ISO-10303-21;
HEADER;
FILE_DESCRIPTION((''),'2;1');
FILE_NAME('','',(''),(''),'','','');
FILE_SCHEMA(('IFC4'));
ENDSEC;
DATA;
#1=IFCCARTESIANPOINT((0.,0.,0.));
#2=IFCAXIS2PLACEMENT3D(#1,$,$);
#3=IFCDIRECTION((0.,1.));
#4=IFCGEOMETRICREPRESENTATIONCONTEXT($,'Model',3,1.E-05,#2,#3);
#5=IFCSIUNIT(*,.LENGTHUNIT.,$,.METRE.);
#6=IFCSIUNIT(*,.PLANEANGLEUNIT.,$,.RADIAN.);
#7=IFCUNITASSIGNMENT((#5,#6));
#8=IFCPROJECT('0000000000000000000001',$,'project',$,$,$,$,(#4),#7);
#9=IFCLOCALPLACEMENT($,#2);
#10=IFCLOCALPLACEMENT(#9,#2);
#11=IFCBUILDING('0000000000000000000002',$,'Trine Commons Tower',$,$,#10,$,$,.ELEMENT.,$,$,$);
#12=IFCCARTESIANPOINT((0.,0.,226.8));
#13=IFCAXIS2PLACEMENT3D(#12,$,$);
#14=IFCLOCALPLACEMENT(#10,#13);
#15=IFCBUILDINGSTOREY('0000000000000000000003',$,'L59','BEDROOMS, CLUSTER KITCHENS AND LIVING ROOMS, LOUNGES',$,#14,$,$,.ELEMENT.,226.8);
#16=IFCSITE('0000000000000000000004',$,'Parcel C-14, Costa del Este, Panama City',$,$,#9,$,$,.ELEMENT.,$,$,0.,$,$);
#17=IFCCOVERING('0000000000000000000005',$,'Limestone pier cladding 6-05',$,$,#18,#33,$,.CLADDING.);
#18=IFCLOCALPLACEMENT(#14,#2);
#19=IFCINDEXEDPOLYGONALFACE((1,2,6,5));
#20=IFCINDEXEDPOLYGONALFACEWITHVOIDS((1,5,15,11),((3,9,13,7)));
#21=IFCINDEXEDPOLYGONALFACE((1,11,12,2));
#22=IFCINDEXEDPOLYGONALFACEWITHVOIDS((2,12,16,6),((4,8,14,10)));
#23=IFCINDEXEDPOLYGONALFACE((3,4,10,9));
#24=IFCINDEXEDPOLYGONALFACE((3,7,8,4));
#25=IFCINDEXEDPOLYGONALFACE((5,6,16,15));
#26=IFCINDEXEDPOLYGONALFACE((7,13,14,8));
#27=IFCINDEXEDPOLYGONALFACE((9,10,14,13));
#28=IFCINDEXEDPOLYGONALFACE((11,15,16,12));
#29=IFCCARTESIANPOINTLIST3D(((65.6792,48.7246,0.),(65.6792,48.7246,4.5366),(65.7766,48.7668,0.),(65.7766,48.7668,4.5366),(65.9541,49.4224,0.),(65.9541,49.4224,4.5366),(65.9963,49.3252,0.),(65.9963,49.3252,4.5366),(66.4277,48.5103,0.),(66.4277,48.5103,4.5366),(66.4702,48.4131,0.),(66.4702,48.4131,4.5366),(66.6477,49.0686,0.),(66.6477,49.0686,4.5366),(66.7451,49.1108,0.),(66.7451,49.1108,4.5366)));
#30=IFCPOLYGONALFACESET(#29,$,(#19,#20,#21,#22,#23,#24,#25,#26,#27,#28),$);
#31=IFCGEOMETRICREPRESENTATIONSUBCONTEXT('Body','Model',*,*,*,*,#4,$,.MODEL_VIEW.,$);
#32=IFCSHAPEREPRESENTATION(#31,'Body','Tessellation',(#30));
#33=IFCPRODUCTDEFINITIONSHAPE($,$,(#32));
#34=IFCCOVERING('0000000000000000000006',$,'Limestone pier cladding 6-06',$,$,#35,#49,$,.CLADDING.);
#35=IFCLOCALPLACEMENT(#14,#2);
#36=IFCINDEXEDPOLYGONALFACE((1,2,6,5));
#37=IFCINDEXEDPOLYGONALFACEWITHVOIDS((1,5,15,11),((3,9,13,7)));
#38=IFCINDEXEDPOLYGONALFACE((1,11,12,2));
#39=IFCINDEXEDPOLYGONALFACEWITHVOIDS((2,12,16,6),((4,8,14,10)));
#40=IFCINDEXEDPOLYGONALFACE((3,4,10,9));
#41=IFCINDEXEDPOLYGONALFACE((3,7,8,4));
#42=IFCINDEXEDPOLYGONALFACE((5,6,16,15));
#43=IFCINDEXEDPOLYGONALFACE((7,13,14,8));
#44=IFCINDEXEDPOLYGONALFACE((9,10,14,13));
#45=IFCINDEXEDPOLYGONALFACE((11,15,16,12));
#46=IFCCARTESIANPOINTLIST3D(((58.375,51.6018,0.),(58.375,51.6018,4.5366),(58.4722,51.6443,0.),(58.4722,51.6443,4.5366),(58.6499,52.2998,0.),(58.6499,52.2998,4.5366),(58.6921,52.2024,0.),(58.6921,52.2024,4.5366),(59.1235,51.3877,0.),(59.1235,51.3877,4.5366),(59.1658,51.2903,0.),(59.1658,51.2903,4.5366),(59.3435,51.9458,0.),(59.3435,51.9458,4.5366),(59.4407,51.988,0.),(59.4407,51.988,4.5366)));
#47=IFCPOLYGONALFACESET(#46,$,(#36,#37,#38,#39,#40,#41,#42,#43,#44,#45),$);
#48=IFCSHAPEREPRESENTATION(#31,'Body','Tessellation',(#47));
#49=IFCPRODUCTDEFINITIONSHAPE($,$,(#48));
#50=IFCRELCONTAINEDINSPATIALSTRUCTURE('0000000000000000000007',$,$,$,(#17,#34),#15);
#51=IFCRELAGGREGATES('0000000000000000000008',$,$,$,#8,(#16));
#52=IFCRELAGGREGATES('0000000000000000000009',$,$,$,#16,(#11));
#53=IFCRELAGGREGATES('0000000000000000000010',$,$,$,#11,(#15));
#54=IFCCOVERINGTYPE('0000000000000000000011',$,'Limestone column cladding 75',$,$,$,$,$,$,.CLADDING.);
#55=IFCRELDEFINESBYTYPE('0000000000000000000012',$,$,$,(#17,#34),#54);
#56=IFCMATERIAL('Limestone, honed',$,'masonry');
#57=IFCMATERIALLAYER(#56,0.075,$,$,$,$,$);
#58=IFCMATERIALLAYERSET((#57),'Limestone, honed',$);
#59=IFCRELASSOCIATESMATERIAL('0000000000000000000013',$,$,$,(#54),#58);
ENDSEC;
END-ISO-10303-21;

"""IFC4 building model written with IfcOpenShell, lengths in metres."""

from ifc_helpers import new_model, si_unit, direction, frame, origin, place, context, subcontext, project, spatial, polyline, outline, extrude, material, layer, layer_set, type_object, element, save


model = new_model("IFC4")

# Units and contexts
model_context = context("Model", 3, precision=1e-05, world=origin(), true_north=direction((0.0, 1.0)))
body_context = subcontext(model_context, "Body", "Model", "MODEL_VIEW")
ifc_project = project(units=[si_unit("LENGTHUNIT", "METRE"), si_unit("PLANEANGLEUNIT", "RADIAN")], contexts=[model_context])

# Site, building, storey
site_placement = place(None, origin())
site = spatial("IfcSite", under=ifc_project, at=site_placement, Name="Parcel C-14, Costa del Este, Panama City", CompositionType="ELEMENT", RefElevation=0.0)
building_placement = place(site_placement, origin())
building = spatial("IfcBuilding", under=site, at=building_placement, Name="Trine Commons Tower", CompositionType="ELEMENT")
storey_placement = place(building_placement, frame((0.0, 0.0, 226.8)))
storey = spatial("IfcBuildingStorey", under=building, at=storey_placement, Name="L59", Description="BEDROOMS, CLUSTER KITCHENS AND LIVING ROOMS, LOUNGES", CompositionType="ELEMENT", Elevation=226.8)

# Coverings
ifc_material_1 = material(Name="Limestone, honed", Category="masonry")
ifc_layer_1 = layer(ifc_material_1, 0.075)
ifc_layer_set_1 = layer_set([ifc_layer_1], Name="Limestone, honed")
covering_type_1 = type_object("IfcCoveringType", Name="Limestone column cladding 75", PredefinedType="CLADDING", material=ifc_layer_set_1)
covering_1_placement = place(storey_placement, origin())
element("IfcCovering", 1, at=covering_1_placement, inside=storey, type_object=covering_type_1, Name="Limestone pier cladding 6-05", PredefinedType="CLADDING", context=body_context, shape_type="SweptSolid", body=[
    extrude(outline(polyline([(65.9541, 49.4224), (65.6792, 48.7246), (66.4702, 48.4131), (66.7451, 49.1108), (65.9541, 49.4224)]), holes=[polyline([(65.9963, 49.3252), (65.7766, 48.7668), (66.4277, 48.5103), (66.6477, 49.0686), (65.9963, 49.3252)])]), origin(), (0.0, 0.0, 1.0), 4.5366),
])
covering_2_placement = place(storey_placement, origin())
element("IfcCovering", 2, at=covering_2_placement, inside=storey, type_object=covering_type_1, Name="Limestone pier cladding 6-06", PredefinedType="CLADDING", context=body_context, shape_type="SweptSolid", body=[
    extrude(outline(polyline([(58.6499, 52.2998), (58.375, 51.6018), (59.1658, 51.2903), (59.4407, 51.988), (58.6499, 52.2998)]), holes=[polyline([(58.6921, 52.2024), (58.4722, 51.6443), (59.1235, 51.3877), (59.3435, 51.9458), (58.6921, 52.2024)])]), origin(), (0.0, 0.0, 1.0), 4.5366),
])

save(model, "model.ifc")
